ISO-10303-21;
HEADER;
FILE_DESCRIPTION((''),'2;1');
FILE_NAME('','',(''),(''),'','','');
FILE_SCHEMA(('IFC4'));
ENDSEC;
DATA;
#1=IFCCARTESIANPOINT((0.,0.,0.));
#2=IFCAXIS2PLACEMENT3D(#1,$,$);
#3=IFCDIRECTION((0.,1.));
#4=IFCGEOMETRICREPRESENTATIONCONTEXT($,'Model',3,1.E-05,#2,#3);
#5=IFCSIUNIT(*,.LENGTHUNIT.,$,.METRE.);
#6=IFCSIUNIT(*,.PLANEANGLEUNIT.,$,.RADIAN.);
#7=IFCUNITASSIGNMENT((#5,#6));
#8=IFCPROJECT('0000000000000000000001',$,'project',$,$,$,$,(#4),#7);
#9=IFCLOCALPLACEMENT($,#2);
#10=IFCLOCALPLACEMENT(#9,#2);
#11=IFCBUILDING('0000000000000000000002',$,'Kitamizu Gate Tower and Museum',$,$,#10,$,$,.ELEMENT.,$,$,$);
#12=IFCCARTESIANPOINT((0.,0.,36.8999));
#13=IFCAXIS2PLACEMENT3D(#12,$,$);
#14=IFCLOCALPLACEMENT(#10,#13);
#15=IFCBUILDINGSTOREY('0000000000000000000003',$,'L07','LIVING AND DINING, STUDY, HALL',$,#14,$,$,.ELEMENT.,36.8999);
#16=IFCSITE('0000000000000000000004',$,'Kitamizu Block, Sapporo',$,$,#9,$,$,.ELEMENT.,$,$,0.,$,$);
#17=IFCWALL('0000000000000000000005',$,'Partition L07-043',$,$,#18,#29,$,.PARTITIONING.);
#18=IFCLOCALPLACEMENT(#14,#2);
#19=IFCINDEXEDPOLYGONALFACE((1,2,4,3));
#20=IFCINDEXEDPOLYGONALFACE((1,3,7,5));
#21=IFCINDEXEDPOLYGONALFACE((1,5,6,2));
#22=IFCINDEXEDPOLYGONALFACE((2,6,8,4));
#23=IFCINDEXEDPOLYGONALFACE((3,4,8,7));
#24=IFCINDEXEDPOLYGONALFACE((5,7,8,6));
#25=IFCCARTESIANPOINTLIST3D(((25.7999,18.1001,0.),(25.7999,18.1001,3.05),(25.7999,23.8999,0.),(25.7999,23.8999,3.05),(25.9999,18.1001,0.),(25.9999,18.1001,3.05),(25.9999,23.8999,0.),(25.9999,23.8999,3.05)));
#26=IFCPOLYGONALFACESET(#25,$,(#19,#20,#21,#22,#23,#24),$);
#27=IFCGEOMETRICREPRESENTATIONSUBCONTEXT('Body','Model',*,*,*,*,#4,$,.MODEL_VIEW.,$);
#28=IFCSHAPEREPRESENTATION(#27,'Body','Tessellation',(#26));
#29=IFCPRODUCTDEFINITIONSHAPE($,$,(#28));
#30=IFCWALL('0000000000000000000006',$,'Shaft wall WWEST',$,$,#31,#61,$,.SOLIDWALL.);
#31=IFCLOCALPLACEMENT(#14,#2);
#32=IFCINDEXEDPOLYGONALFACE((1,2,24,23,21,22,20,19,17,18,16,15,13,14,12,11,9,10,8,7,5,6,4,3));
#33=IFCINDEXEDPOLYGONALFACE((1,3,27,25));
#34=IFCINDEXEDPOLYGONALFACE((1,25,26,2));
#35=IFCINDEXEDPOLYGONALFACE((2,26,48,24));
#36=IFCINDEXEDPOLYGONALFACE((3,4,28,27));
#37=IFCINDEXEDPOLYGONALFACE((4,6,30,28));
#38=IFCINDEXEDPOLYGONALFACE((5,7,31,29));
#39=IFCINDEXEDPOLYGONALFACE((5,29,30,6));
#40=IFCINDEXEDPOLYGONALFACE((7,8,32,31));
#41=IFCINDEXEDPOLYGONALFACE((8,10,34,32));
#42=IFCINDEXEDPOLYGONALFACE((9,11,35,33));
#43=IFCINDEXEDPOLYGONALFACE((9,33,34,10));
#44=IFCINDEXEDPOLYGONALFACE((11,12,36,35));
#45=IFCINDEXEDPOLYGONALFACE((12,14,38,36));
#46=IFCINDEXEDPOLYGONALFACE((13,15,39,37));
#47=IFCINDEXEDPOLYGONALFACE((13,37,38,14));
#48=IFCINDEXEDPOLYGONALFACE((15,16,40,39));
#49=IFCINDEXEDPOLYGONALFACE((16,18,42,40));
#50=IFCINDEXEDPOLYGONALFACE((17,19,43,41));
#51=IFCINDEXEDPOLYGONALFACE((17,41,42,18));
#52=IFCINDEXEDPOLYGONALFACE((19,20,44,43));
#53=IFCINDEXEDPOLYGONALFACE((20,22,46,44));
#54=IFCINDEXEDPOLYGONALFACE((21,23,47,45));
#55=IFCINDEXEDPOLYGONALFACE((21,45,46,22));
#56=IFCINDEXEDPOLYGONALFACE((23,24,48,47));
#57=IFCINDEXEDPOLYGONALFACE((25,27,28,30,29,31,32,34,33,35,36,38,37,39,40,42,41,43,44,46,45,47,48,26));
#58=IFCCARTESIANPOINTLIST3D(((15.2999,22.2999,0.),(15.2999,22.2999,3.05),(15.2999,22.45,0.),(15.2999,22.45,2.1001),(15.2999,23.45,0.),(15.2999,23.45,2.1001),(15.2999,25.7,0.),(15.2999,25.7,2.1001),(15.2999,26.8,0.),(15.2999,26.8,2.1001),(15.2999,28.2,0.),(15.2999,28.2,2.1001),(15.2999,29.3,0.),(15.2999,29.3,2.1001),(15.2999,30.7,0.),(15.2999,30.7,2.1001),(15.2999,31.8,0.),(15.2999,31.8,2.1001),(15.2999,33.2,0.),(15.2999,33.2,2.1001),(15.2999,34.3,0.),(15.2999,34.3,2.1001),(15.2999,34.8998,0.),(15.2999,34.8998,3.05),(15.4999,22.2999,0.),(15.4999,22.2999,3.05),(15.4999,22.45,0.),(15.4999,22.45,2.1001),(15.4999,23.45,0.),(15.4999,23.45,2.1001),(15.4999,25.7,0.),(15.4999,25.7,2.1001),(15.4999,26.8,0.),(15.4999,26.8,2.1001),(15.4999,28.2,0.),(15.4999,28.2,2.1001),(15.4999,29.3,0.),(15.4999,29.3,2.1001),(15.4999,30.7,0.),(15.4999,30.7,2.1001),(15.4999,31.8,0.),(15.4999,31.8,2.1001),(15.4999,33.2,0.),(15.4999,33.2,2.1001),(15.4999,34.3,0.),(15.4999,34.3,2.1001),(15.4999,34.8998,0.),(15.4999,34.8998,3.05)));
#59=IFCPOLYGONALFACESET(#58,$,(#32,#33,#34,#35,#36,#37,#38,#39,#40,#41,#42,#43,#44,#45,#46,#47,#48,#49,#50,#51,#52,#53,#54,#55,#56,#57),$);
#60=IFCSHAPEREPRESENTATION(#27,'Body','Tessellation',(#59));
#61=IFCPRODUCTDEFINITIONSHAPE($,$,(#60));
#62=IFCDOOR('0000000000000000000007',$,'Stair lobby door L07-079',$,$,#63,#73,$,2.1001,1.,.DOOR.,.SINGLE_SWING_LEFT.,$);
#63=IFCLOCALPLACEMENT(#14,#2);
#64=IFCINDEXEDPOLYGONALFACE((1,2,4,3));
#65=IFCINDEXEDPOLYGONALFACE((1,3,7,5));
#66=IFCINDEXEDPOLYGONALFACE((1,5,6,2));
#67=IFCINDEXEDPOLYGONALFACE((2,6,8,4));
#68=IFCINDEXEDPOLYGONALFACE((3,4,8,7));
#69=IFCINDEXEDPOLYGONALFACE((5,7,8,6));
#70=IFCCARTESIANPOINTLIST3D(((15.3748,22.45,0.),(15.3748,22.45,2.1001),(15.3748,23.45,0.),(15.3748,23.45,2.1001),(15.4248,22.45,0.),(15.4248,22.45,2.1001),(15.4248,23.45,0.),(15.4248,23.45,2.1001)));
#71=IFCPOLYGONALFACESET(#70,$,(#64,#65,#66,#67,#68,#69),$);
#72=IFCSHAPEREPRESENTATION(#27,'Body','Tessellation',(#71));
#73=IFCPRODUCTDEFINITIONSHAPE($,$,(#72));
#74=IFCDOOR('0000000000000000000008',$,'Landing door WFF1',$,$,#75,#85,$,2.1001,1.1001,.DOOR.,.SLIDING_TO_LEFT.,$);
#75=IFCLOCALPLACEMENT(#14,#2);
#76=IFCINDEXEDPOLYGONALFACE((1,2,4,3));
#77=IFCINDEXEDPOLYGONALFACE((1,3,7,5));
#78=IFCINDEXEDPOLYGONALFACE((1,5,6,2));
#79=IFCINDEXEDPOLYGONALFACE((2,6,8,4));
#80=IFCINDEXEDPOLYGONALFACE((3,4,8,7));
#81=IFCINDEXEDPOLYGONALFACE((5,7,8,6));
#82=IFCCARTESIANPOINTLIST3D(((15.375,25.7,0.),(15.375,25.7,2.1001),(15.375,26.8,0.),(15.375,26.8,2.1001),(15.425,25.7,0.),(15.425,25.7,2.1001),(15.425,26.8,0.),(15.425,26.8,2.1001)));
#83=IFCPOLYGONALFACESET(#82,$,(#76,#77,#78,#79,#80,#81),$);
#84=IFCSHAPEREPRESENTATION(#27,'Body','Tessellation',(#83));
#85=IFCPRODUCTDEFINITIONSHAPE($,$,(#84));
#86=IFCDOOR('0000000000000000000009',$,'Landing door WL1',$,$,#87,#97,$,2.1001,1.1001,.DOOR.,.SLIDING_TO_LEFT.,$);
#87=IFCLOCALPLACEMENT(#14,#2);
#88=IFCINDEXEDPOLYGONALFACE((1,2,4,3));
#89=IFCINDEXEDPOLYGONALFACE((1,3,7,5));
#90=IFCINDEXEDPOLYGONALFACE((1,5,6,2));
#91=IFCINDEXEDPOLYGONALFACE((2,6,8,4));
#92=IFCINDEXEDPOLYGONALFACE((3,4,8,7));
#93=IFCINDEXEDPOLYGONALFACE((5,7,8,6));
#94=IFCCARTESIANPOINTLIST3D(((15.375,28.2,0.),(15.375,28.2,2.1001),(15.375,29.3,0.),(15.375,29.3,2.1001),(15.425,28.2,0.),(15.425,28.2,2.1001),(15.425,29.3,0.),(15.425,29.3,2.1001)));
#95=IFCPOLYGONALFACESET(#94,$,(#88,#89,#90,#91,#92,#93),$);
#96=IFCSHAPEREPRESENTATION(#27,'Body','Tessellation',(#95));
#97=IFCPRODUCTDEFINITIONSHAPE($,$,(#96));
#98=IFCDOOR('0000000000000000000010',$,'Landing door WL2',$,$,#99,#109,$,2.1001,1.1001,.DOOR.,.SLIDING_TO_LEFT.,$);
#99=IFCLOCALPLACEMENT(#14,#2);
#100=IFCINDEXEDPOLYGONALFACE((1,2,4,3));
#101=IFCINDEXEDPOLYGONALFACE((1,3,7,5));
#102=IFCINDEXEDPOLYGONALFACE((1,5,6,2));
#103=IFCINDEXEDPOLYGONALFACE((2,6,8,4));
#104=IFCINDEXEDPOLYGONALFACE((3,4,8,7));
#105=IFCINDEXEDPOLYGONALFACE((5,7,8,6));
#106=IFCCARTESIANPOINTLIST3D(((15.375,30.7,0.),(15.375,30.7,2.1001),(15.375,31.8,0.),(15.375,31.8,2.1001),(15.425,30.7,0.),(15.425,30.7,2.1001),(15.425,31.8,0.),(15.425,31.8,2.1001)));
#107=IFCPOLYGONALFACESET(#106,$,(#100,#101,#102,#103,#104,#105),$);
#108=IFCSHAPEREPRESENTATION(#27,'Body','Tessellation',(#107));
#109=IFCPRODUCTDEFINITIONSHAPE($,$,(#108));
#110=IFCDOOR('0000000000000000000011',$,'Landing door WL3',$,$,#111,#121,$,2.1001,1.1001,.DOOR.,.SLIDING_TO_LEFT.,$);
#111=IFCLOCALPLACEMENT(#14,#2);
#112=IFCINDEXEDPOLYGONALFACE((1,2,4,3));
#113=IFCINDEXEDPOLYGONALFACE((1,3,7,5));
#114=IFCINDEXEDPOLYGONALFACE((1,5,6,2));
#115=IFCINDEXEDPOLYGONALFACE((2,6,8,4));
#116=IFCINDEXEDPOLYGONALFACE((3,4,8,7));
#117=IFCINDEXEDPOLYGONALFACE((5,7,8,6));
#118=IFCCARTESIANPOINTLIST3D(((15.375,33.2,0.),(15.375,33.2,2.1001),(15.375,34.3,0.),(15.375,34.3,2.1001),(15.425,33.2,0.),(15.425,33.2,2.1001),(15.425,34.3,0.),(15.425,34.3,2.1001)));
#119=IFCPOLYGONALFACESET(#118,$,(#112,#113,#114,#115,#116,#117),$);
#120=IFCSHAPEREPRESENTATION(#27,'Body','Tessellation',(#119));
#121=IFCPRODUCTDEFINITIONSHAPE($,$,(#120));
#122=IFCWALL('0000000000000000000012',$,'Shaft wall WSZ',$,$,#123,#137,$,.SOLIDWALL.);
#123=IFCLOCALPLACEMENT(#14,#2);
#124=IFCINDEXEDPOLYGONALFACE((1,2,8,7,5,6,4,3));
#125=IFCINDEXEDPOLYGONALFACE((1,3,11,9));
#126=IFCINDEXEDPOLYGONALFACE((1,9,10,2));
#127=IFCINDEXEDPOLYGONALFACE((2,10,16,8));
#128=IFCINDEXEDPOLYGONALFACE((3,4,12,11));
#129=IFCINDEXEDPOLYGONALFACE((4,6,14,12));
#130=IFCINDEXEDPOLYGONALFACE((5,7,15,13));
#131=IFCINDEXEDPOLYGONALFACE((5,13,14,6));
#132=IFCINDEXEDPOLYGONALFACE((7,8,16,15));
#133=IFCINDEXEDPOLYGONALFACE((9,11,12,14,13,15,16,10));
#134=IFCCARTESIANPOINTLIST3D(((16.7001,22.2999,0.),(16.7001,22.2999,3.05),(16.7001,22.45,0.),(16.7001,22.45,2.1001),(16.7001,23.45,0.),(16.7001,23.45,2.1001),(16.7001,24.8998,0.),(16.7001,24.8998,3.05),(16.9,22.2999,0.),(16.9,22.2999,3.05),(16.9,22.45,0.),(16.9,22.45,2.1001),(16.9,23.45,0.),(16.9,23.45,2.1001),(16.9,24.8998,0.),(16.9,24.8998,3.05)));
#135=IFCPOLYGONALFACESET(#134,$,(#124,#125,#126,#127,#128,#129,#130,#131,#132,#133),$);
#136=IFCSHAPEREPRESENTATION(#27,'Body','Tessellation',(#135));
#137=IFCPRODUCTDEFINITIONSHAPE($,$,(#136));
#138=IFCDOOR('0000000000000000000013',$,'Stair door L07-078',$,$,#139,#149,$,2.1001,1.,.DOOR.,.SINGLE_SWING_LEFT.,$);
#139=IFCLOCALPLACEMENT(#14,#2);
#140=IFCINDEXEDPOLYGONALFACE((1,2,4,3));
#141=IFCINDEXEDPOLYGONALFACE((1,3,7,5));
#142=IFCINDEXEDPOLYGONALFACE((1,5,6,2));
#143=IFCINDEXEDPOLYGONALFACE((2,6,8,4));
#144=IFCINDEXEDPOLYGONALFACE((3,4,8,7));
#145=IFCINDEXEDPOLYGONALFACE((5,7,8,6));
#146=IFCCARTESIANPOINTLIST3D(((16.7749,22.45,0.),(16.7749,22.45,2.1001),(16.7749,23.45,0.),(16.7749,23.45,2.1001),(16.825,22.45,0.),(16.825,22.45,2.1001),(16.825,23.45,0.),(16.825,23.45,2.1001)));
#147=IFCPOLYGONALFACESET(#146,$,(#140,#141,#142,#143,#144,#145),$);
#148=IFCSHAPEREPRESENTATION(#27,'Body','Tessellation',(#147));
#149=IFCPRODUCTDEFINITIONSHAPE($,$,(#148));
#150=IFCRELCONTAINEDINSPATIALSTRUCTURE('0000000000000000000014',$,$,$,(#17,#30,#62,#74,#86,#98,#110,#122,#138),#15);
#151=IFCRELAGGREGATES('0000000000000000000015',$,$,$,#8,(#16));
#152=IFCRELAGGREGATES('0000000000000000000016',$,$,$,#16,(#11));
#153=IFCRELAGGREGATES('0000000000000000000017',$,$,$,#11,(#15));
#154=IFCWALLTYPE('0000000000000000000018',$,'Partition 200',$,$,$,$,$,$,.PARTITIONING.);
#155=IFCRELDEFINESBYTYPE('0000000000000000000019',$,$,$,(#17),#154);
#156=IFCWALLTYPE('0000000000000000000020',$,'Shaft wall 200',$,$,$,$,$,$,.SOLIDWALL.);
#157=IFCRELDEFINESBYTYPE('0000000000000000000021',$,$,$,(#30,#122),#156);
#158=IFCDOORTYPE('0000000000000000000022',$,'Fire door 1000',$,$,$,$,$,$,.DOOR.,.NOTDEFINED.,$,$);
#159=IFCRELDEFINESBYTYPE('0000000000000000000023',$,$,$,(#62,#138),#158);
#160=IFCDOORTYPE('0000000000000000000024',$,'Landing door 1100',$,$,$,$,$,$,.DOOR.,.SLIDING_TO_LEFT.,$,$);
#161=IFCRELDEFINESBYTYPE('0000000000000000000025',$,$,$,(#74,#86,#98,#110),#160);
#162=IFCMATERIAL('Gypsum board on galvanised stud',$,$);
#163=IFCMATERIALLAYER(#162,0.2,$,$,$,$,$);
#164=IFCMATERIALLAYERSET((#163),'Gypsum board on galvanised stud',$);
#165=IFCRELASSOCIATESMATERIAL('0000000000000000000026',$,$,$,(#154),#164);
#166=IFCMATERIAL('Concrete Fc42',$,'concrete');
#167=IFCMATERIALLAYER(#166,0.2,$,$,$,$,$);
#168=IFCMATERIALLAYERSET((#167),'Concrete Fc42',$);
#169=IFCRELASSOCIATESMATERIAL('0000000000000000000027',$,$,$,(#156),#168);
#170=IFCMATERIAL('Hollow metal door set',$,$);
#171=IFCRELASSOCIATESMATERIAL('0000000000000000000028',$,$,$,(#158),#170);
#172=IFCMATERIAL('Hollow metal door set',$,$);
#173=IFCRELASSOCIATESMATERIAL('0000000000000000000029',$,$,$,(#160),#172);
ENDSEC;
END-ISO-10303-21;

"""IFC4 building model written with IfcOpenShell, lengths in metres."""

from ifc_helpers import new_model, si_unit, direction, frame, frame_2d, origin, place, context, subcontext, project, spatial, rectangle, extrude, material, layer, layer_set, type_object, element, fill, save


model = new_model("IFC4")

# Units and contexts
model_context = context("Model", 3, precision=1e-05, world=origin(), true_north=direction((0.0, 1.0)))
body_context = subcontext(model_context, "Body", "Model", "MODEL_VIEW")
ifc_project = project(units=[si_unit("LENGTHUNIT", "METRE"), si_unit("PLANEANGLEUNIT", "RADIAN")], contexts=[model_context])

# Site, building, storey
site_placement = place(None, origin())
site = spatial("IfcSite", under=ifc_project, at=site_placement, Name="Kitamizu Block, Sapporo", CompositionType="ELEMENT", RefElevation=0.0)
building_placement = place(site_placement, origin())
building = spatial("IfcBuilding", under=site, at=building_placement, Name="Kitamizu Gate Tower and Museum", CompositionType="ELEMENT")
storey_placement = place(building_placement, frame((0.0, 0.0, 36.8999)))
storey = spatial("IfcBuildingStorey", under=building, at=storey_placement, Name="L07", Description="LIVING AND DINING, STUDY, HALL", CompositionType="ELEMENT", Elevation=36.8999)

# Shared definitions
ifc_material_1 = material(Name="Gypsum board on galvanised stud")
ifc_layer_1 = layer(ifc_material_1, 0.2)
ifc_layer_set_1 = layer_set([ifc_layer_1], Name="Gypsum board on galvanised stud")
wall_type_1 = type_object("IfcWallType", Name="Partition 200", PredefinedType="PARTITIONING", material=ifc_layer_set_1)

# Wall
wall_1_placement = place(storey_placement, frame((25.8999, 23.8999, 0.0), z_axis=(0.0, 0.0, 1.0), x_axis=(0.0, -1.0, 0.0)))
element("IfcWall", 1, at=wall_1_placement, inside=storey, type_object=wall_type_1, Name="Partition L07-043", PredefinedType="PARTITIONING", context=body_context, shape_type="SweptSolid", body=[
    extrude(rectangle(XDim=5.7998, YDim=0.2, at=frame_2d((2.8999, 0.0))), origin(), (0.0, 0.0, 1.0), 3.05),
])

# Wall, openings, doors
ifc_material_2 = material(Name="Concrete Fc42", Category="concrete")
ifc_layer_2 = layer(ifc_material_2, 0.2)
ifc_layer_set_2 = layer_set([ifc_layer_2], Name="Concrete Fc42")
wall_type_2 = type_object("IfcWallType", Name="Shaft wall 200", PredefinedType="SOLIDWALL", material=ifc_layer_set_2)
wall_2_placement = place(storey_placement, frame((15.3999, 22.3, 0.0), z_axis=(0.0, 0.0, 1.0), x_axis=(0.0, 1.0, 0.0)))
wall_2 = element("IfcWall", 2, at=wall_2_placement, inside=storey, type_object=wall_type_2, Name="Shaft wall WWEST", PredefinedType="SOLIDWALL", context=body_context, shape_type="SweptSolid", body=[
    extrude(rectangle(XDim=12.5999, YDim=0.2, at=frame_2d((6.2998, 0.0))), origin(), (0.0, 0.0, 1.0), 3.05),
])
opening_1_placement = place(wall_2_placement, frame((3.3999, 0.0, 0.0)))
opening_1 = element("IfcOpeningElement", 3, at=opening_1_placement, cuts=wall_2, PredefinedType="OPENING", context=body_context, shape_type="SweptSolid", body=[
    extrude(rectangle(XDim=1.1001, YDim=2.1001, at=frame_2d((0.55, 1.05))), frame((0.0, 0.1099, 0.0), z_axis=(0.0, -1.0, 0.0), x_axis=(1.0, 0.0, 0.0)), (0.0, 0.0, 1.0), 0.22),
])
opening_2_placement = place(wall_2_placement, frame((5.8999, 0.0, 0.0)))
opening_2 = element("IfcOpeningElement", 4, at=opening_2_placement, cuts=wall_2, PredefinedType="OPENING", context=body_context, shape_type="SweptSolid", body=[
    extrude(rectangle(XDim=1.1001, YDim=2.1001, at=frame_2d((0.55, 1.05))), frame((0.0, 0.1099, 0.0), z_axis=(0.0, -1.0, 0.0), x_axis=(1.0, 0.0, 0.0)), (0.0, 0.0, 1.0), 0.22),
])
opening_3_placement = place(wall_2_placement, frame((8.3999, 0.0, 0.0)))
opening_3 = element("IfcOpeningElement", 5, at=opening_3_placement, cuts=wall_2, PredefinedType="OPENING", context=body_context, shape_type="SweptSolid", body=[
    extrude(rectangle(XDim=1.1001, YDim=2.1001, at=frame_2d((0.55, 1.05))), frame((0.0, 0.1099, 0.0), z_axis=(0.0, -1.0, 0.0), x_axis=(1.0, 0.0, 0.0)), (0.0, 0.0, 1.0), 0.22),
])
opening_4_placement = place(wall_2_placement, frame((10.8999, 0.0, 0.0)))
opening_4 = element("IfcOpeningElement", 6, at=opening_4_placement, cuts=wall_2, PredefinedType="OPENING", context=body_context, shape_type="SweptSolid", body=[
    extrude(rectangle(XDim=1.1001, YDim=2.1001, at=frame_2d((0.55, 1.05))), frame((0.0, 0.1099, 0.0), z_axis=(0.0, -1.0, 0.0), x_axis=(1.0, 0.0, 0.0)), (0.0, 0.0, 1.0), 0.22),
])
opening_5_placement = place(wall_2_placement, frame((0.1499, 0.0, 0.0)))
opening_5 = element("IfcOpeningElement", 7, at=opening_5_placement, cuts=wall_2, PredefinedType="OPENING", context=body_context, shape_type="SweptSolid", body=[
    extrude(rectangle(XDim=1.0, YDim=2.1001, at=frame_2d((0.5, 1.05))), frame((0.0, 0.1099, 0.0), z_axis=(0.0, -1.0, 0.0), x_axis=(1.0, 0.0, 0.0)), (0.0, 0.0, 1.0), 0.22),
])
ifc_material_3 = material(Name="Hollow metal door set")
door_type_1 = type_object("IfcDoorType", Name="Fire door 1000", OperationType="NOTDEFINED", PredefinedType="DOOR", material=ifc_material_3)
door_1_placement = place(opening_5_placement, frame((1.0, 0.0, 0.0), x_axis=(-1.0, 0.0, 0.0)))
door_1 = element("IfcDoor", 8, at=door_1_placement, inside=storey, type_object=door_type_1, Name="Stair lobby door L07-079", OperationType="SINGLE_SWING_LEFT", OverallHeight=2.1001, OverallWidth=1.0, PredefinedType="DOOR", context=body_context, shape_type="SweptSolid", body=[
    extrude(rectangle(XDim=1.0, YDim=2.1001, at=frame_2d((0.5, 1.05))), frame((0.0, 0.0249, 0.0), z_axis=(0.0, -1.0, 0.0), x_axis=(1.0, 0.0, 0.0)), (0.0, 0.0, 1.0), 0.05),
])
fill(opening_5, door_1)
ifc_material_4 = material(Name="Hollow metal door set")
door_type_2 = type_object("IfcDoorType", Name="Landing door 1100", OperationType="SLIDING_TO_LEFT", PredefinedType="DOOR", material=ifc_material_4)
door_2_placement = place(opening_1_placement, origin())
door_2 = element("IfcDoor", 9, at=door_2_placement, inside=storey, type_object=door_type_2, Name="Landing door WFF1", OperationType="SLIDING_TO_LEFT", OverallHeight=2.1001, OverallWidth=1.1001, PredefinedType="DOOR", context=body_context, shape_type="SweptSolid", body=[
    extrude(rectangle(XDim=1.1001, YDim=2.1001, at=frame_2d((0.55, 1.05))), frame((0.0, 0.0249, 0.0), z_axis=(0.0, -1.0, 0.0), x_axis=(1.0, 0.0, 0.0)), (0.0, 0.0, 1.0), 0.05),
])
fill(opening_1, door_2)
door_3_placement = place(opening_2_placement, origin())
door_3 = element("IfcDoor", 10, at=door_3_placement, inside=storey, type_object=door_type_2, Name="Landing door WL1", OperationType="SLIDING_TO_LEFT", OverallHeight=2.1001, OverallWidth=1.1001, PredefinedType="DOOR", context=body_context, shape_type="SweptSolid", body=[
    extrude(rectangle(XDim=1.1001, YDim=2.1001, at=frame_2d((0.55, 1.05))), frame((0.0, 0.0249, 0.0), z_axis=(0.0, -1.0, 0.0), x_axis=(1.0, 0.0, 0.0)), (0.0, 0.0, 1.0), 0.05),
])
fill(opening_2, door_3)
door_4_placement = place(opening_3_placement, origin())
door_4 = element("IfcDoor", 11, at=door_4_placement, inside=storey, type_object=door_type_2, Name="Landing door WL2", OperationType="SLIDING_TO_LEFT", OverallHeight=2.1001, OverallWidth=1.1001, PredefinedType="DOOR", context=body_context, shape_type="SweptSolid", body=[
    extrude(rectangle(XDim=1.1001, YDim=2.1001, at=frame_2d((0.55, 1.05))), frame((0.0, 0.0249, 0.0), z_axis=(0.0, -1.0, 0.0), x_axis=(1.0, 0.0, 0.0)), (0.0, 0.0, 1.0), 0.05),
])
fill(opening_3, door_4)
door_5_placement = place(opening_4_placement, origin())
door_5 = element("IfcDoor", 12, at=door_5_placement, inside=storey, type_object=door_type_2, Name="Landing door WL3", OperationType="SLIDING_TO_LEFT", OverallHeight=2.1001, OverallWidth=1.1001, PredefinedType="DOOR", context=body_context, shape_type="SweptSolid", body=[
    extrude(rectangle(XDim=1.1001, YDim=2.1001, at=frame_2d((0.55, 1.05))), frame((0.0, 0.0249, 0.0), z_axis=(0.0, -1.0, 0.0), x_axis=(1.0, 0.0, 0.0)), (0.0, 0.0, 1.0), 0.05),
])
fill(opening_4, door_5)

# Wall, opening, door
wall_3_placement = place(storey_placement, frame((16.8, 22.3, 0.0), z_axis=(0.0, 0.0, 1.0), x_axis=(0.0, 1.0, 0.0)))
wall_3 = element("IfcWall", 13, at=wall_3_placement, inside=storey, type_object=wall_type_2, Name="Shaft wall WSZ", PredefinedType="SOLIDWALL", context=body_context, shape_type="SweptSolid", body=[
    extrude(rectangle(XDim=2.5999, YDim=0.2, at=frame_2d((1.2998, 0.0))), origin(), (0.0, 0.0, 1.0), 3.05),
])
opening_6_placement = place(wall_3_placement, frame((0.1499, 0.0, 0.0)))
opening_6 = element("IfcOpeningElement", 14, at=opening_6_placement, cuts=wall_3, PredefinedType="OPENING", context=body_context, shape_type="SweptSolid", body=[
    extrude(rectangle(XDim=1.0, YDim=2.1001, at=frame_2d((0.5, 1.05))), frame((0.0, 0.1099, 0.0), z_axis=(0.0, -1.0, 0.0), x_axis=(1.0, 0.0, 0.0)), (0.0, 0.0, 1.0), 0.22),
])
door_6_placement = place(opening_6_placement, frame((1.0, 0.0, 0.0), x_axis=(-1.0, 0.0, 0.0)))
door_6 = element("IfcDoor", 15, at=door_6_placement, inside=storey, type_object=door_type_1, Name="Stair door L07-078", OperationType="SINGLE_SWING_LEFT", OverallHeight=2.1001, OverallWidth=1.0, PredefinedType="DOOR", context=body_context, shape_type="SweptSolid", body=[
    extrude(rectangle(XDim=1.0, YDim=2.1001, at=frame_2d((0.5, 1.05))), frame((0.0, 0.0249, 0.0), z_axis=(0.0, -1.0, 0.0), x_axis=(1.0, 0.0, 0.0)), (0.0, 0.0, 1.0), 0.05),
])
fill(opening_6, door_6)

save(model, "model.ifc")
